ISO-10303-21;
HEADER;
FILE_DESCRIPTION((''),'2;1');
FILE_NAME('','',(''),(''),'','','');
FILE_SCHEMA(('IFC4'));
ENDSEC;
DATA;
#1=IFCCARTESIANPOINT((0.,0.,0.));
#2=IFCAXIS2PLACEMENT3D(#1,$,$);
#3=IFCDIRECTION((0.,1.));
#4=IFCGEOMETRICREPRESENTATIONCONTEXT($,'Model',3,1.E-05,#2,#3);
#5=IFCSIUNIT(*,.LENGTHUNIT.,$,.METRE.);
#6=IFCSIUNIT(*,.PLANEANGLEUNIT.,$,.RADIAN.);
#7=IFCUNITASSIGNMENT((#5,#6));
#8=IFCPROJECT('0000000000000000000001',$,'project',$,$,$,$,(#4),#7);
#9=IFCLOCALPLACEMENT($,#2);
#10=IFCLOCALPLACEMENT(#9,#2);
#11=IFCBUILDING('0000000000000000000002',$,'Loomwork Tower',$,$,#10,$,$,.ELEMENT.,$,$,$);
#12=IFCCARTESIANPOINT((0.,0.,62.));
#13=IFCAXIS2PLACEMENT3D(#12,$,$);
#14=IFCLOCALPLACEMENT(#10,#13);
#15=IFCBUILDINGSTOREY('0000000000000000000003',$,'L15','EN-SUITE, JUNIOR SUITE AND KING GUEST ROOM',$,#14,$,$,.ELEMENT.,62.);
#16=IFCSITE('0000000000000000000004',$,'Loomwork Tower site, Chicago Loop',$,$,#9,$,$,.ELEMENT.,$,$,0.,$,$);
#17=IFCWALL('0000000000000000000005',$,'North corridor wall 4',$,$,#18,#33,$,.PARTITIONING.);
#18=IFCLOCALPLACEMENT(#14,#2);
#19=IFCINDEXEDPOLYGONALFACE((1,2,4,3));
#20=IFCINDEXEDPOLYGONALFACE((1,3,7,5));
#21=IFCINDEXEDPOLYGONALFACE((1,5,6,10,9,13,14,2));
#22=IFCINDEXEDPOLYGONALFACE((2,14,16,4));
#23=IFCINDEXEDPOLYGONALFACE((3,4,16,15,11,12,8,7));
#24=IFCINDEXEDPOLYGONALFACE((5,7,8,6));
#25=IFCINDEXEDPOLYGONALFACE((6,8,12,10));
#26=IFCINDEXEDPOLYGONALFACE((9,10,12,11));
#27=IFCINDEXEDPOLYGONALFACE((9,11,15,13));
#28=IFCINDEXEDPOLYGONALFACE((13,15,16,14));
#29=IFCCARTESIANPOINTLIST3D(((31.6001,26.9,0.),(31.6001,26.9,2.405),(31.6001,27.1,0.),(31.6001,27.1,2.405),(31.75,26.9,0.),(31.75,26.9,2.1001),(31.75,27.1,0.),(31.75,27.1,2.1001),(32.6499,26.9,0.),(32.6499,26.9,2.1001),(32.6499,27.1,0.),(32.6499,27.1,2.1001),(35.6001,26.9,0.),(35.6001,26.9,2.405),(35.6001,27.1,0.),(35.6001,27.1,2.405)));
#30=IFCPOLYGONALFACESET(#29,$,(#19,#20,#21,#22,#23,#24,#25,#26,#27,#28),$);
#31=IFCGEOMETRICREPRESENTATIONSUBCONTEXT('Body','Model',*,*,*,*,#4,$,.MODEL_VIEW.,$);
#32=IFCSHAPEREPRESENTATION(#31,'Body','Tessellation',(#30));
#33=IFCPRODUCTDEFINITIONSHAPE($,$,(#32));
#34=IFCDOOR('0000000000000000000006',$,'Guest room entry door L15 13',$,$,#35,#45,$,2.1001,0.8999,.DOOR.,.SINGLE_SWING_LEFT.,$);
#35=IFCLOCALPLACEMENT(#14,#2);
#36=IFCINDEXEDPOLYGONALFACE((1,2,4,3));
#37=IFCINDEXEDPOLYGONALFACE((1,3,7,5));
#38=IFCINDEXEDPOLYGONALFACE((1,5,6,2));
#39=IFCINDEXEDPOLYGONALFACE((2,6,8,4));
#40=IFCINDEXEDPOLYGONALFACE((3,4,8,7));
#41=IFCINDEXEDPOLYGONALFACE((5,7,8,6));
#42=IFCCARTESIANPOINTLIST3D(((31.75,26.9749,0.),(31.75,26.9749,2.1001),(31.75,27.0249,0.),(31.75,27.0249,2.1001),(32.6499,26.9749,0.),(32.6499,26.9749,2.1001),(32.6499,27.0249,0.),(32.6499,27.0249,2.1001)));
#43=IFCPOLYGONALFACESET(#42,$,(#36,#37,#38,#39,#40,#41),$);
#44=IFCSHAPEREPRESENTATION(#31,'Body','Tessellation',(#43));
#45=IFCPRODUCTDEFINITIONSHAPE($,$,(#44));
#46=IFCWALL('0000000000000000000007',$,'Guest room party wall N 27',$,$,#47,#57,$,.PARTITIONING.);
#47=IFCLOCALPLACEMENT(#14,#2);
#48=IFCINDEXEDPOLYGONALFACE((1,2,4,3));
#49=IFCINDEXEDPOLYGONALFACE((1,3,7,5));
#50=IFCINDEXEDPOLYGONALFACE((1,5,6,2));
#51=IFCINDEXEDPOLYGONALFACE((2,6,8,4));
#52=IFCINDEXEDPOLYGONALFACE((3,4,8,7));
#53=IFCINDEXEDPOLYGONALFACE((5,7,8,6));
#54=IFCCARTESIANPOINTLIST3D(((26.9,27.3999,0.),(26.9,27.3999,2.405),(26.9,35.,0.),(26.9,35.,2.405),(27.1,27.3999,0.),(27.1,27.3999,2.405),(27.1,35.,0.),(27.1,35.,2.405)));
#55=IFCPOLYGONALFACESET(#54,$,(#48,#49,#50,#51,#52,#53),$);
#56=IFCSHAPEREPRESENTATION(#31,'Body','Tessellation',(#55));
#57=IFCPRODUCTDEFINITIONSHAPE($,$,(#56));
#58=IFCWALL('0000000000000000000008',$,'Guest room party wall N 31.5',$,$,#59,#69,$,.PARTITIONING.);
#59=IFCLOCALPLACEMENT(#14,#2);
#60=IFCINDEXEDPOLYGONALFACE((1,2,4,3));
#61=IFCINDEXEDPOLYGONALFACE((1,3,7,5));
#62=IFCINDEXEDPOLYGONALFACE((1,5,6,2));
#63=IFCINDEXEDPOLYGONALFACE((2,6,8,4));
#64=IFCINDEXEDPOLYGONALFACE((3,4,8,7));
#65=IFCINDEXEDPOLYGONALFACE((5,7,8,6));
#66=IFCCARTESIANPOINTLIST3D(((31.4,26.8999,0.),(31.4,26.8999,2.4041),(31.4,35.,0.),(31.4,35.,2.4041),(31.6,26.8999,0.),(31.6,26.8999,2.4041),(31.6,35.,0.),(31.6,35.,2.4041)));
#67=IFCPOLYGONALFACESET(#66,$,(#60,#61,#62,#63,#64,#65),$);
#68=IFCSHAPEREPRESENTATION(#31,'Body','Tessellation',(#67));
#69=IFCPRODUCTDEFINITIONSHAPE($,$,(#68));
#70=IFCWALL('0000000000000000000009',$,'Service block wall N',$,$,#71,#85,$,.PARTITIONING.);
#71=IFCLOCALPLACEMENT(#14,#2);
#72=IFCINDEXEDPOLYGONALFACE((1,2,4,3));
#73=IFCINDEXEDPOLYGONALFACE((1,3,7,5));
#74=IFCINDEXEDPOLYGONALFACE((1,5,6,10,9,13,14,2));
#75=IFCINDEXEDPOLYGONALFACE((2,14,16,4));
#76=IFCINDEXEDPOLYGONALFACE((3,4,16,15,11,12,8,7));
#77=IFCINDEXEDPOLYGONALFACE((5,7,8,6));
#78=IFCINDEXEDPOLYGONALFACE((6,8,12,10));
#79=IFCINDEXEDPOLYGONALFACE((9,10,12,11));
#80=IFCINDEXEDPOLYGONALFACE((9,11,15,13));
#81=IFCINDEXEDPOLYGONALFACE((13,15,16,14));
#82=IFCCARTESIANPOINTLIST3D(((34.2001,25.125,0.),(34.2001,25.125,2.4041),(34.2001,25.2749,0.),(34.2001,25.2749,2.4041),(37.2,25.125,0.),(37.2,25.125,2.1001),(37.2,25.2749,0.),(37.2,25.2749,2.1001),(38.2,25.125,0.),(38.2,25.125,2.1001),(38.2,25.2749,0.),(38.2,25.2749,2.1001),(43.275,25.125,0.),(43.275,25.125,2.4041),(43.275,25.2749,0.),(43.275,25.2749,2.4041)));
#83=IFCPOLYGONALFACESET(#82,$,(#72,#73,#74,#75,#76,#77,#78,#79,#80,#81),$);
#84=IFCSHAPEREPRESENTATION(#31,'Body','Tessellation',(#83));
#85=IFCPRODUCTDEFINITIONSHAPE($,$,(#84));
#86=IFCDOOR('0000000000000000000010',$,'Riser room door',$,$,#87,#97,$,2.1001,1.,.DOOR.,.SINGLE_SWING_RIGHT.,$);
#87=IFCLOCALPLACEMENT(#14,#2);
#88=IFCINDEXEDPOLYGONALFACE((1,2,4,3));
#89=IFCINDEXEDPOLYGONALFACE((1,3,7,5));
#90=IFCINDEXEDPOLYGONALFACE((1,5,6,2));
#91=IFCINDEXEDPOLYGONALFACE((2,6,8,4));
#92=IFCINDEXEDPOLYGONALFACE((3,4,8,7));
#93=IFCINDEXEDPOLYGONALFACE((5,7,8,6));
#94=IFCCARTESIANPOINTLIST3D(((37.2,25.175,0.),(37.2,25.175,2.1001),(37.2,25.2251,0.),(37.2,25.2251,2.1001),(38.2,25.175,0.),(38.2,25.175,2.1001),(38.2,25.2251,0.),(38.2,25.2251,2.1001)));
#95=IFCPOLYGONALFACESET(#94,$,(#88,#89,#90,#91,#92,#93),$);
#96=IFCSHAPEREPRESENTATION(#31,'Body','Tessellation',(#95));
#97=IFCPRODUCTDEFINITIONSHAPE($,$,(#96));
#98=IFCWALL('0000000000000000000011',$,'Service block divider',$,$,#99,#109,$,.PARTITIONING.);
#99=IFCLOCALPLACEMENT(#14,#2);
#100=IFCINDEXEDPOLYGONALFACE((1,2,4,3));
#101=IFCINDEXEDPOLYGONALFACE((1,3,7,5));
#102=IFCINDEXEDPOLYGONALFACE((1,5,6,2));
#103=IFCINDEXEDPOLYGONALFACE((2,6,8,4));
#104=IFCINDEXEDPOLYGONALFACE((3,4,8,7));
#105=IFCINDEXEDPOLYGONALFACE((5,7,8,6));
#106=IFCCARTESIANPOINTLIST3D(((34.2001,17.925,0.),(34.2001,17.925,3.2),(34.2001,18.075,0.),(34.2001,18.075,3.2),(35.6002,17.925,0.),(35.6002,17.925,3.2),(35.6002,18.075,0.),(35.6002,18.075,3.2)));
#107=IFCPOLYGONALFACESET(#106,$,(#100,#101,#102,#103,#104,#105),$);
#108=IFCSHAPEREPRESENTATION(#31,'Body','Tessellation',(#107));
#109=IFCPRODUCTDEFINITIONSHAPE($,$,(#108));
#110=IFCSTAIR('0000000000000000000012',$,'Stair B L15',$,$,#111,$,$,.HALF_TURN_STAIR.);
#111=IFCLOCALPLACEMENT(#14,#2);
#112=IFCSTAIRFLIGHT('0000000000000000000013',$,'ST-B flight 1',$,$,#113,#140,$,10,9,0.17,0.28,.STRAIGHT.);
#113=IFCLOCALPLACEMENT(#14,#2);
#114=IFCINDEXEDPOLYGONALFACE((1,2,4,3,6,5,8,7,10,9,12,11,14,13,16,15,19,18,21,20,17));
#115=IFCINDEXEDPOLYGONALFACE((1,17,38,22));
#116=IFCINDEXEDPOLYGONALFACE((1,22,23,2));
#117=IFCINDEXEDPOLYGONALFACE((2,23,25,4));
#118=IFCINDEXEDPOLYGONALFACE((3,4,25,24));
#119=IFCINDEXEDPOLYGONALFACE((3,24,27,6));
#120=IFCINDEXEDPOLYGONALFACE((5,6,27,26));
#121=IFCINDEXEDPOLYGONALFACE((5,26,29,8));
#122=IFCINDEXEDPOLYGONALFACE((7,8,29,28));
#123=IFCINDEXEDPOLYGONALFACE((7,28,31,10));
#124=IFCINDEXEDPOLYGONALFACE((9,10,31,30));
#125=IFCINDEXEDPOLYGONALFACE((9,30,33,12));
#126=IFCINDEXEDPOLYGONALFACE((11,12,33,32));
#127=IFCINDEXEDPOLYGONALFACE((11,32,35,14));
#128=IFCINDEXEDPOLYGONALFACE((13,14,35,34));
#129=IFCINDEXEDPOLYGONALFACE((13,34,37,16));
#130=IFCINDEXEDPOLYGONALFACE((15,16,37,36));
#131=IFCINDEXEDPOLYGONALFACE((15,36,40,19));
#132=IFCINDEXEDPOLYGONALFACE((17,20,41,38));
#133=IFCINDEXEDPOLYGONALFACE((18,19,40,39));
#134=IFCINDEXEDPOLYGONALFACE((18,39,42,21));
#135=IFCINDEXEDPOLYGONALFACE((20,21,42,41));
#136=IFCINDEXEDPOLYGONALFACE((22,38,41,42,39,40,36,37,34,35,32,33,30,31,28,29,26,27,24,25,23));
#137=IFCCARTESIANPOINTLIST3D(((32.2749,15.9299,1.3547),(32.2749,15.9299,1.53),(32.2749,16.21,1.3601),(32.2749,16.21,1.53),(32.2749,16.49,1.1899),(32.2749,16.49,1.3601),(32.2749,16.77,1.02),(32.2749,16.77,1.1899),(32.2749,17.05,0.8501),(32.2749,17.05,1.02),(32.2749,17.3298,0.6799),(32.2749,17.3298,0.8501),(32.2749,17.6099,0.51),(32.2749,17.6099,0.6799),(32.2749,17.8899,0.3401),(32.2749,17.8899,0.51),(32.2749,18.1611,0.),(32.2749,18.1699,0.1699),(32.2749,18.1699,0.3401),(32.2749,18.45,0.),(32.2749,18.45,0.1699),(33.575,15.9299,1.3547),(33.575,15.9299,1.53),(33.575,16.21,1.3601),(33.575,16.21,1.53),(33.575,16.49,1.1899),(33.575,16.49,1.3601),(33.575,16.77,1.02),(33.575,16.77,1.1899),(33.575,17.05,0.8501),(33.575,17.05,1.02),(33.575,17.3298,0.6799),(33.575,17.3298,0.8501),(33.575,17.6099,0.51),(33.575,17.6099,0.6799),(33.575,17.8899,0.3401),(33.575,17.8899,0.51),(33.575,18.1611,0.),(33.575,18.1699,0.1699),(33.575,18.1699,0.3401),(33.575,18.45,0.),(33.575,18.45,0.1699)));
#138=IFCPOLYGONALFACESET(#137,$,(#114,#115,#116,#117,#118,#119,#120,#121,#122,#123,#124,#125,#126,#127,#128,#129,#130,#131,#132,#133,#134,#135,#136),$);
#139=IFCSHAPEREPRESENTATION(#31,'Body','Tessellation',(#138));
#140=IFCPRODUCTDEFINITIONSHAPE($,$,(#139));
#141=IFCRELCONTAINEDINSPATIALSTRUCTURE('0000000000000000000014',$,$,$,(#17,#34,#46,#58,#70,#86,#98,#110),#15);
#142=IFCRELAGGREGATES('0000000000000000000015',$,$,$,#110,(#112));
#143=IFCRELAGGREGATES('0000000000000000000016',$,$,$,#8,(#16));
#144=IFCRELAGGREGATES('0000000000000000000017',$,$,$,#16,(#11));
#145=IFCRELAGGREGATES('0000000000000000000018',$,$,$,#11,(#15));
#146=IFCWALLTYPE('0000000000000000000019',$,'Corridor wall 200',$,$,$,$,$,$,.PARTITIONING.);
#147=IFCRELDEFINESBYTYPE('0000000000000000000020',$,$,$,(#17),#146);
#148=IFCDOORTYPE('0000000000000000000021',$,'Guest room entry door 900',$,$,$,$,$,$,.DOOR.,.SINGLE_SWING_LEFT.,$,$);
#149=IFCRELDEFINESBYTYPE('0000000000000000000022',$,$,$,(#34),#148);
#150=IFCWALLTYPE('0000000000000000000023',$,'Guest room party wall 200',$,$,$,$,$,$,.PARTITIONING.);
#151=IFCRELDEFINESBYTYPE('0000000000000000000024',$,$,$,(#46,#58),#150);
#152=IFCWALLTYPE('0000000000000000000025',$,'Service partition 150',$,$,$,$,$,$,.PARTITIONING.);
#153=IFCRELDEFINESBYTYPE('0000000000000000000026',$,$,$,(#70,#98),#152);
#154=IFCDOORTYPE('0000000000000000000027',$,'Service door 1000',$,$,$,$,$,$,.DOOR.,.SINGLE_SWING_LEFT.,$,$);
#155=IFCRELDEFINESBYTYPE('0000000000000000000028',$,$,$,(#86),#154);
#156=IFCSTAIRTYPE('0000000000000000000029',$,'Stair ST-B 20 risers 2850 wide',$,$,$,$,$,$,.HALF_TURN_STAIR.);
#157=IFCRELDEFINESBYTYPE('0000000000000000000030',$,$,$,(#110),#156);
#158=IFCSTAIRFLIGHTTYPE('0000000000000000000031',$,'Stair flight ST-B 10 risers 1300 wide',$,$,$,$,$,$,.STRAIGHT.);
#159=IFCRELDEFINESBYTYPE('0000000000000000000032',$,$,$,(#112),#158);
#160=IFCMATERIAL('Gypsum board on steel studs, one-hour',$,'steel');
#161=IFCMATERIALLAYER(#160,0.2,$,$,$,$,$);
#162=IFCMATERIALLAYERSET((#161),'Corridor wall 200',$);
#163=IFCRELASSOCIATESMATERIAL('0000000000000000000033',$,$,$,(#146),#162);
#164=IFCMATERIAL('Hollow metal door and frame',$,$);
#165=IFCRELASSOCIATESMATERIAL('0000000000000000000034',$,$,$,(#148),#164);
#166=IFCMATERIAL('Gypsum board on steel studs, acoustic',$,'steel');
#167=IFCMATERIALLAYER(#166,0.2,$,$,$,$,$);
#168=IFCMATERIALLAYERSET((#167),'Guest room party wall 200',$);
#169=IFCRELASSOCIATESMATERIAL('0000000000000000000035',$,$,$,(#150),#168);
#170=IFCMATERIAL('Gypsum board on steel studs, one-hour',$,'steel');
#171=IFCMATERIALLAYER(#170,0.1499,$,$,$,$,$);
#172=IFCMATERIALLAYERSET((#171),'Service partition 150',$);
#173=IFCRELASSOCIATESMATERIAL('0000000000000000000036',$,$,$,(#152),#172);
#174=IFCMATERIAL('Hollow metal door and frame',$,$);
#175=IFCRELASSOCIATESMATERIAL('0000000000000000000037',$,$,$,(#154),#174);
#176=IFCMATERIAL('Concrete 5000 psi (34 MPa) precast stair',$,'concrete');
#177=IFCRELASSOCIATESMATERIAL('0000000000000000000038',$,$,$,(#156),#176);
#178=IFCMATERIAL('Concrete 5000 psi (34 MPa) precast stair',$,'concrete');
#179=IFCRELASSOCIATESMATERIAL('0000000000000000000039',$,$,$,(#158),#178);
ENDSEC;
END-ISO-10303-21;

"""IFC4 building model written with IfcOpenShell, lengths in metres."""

from ifc_helpers import new_model, si_unit, direction, frame, frame_2d, origin, place, context, subcontext, project, spatial, polyline, rectangle, outline, extrude, material, layer, layer_set, type_object, element, fill, aggregate, save


model = new_model("IFC4")

# Units and contexts
model_context = context("Model", 3, precision=1e-05, world=origin(), true_north=direction((0.0, 1.0)))
body_context = subcontext(model_context, "Body", "Model", "MODEL_VIEW")
ifc_project = project(units=[si_unit("LENGTHUNIT", "METRE"), si_unit("PLANEANGLEUNIT", "RADIAN")], contexts=[model_context])

# Site, building, storey
site_placement = place(None, origin())
site = spatial("IfcSite", under=ifc_project, at=site_placement, Name="Loomwork Tower site, Chicago Loop", CompositionType="ELEMENT", RefElevation=0.0)
building_placement = place(site_placement, origin())
building = spatial("IfcBuilding", under=site, at=building_placement, Name="Loomwork Tower", CompositionType="ELEMENT")
storey_placement = place(building_placement, frame((0.0, 0.0, 62.0)))
storey = spatial("IfcBuildingStorey", under=building, at=storey_placement, Name="L15", Description="EN-SUITE, JUNIOR SUITE AND KING GUEST ROOM", CompositionType="ELEMENT", Elevation=62.0)

# Wall, opening, door
ifc_material_1 = material(Name="Gypsum board on steel studs, one-hour", Category="steel")
ifc_layer_1 = layer(ifc_material_1, 0.2)
ifc_layer_set_1 = layer_set([ifc_layer_1], Name="Corridor wall 200")
wall_type_1 = type_object("IfcWallType", Name="Corridor wall 200", PredefinedType="PARTITIONING", material=ifc_layer_set_1)
wall_1_placement = place(storey_placement, frame((31.6001, 27.0, 0.0), z_axis=(0.0, 0.0, 1.0), x_axis=(1.0, 0.0, 0.0)))
wall_1 = element("IfcWall", 1, at=wall_1_placement, inside=storey, type_object=wall_type_1, Name="North corridor wall 4", PredefinedType="PARTITIONING", context=body_context, shape_type="SweptSolid", body=[
    extrude(rectangle(XDim=4.0, YDim=0.2, at=frame_2d((2.0, 0.0))), origin(), (0.0, 0.0, 1.0), 2.405),
])
opening_1_placement = place(wall_1_placement, frame((0.1499, 0.0, 0.0)))
opening_1 = element("IfcOpeningElement", 2, at=opening_1_placement, cuts=wall_1, PredefinedType="OPENING", context=body_context, shape_type="SweptSolid", body=[
    extrude(rectangle(XDim=0.8999, YDim=2.1001, at=frame_2d((0.45, 1.05))), frame((0.0, 0.1099, 0.0), z_axis=(0.0, -1.0, 0.0), x_axis=(1.0, 0.0, 0.0)), (0.0, 0.0, 1.0), 0.22),
])
ifc_material_2 = material(Name="Hollow metal door and frame")
door_type_1 = type_object("IfcDoorType", Name="Guest room entry door 900", OperationType="SINGLE_SWING_LEFT", PredefinedType="DOOR", material=ifc_material_2)
door_1_placement = place(opening_1_placement, origin())
door_1 = element("IfcDoor", 3, at=door_1_placement, inside=storey, type_object=door_type_1, Name="Guest room entry door L15 13", OperationType="SINGLE_SWING_LEFT", OverallHeight=2.1001, OverallWidth=0.8999, PredefinedType="DOOR", context=body_context, shape_type="SweptSolid", body=[
    extrude(rectangle(XDim=0.8999, YDim=2.1001, at=frame_2d((0.45, 1.05))), frame((0.0, 0.0249, 0.0), z_axis=(0.0, -1.0, 0.0), x_axis=(1.0, 0.0, 0.0)), (0.0, 0.0, 1.0), 0.05),
])
fill(opening_1, door_1)

# Walls
ifc_material_3 = material(Name="Gypsum board on steel studs, acoustic", Category="steel")
ifc_layer_2 = layer(ifc_material_3, 0.2)
ifc_layer_set_2 = layer_set([ifc_layer_2], Name="Guest room party wall 200")
wall_type_2 = type_object("IfcWallType", Name="Guest room party wall 200", PredefinedType="PARTITIONING", material=ifc_layer_set_2)
wall_2_placement = place(storey_placement, frame((27.0, 27.3999, 0.0), z_axis=(0.0, 0.0, 1.0), x_axis=(0.0, 1.0, 0.0)))
element("IfcWall", 4, at=wall_2_placement, inside=storey, type_object=wall_type_2, Name="Guest room party wall N 27", PredefinedType="PARTITIONING", context=body_context, shape_type="SweptSolid", body=[
    extrude(rectangle(XDim=7.6001, YDim=0.2, at=frame_2d((3.8, 0.0))), origin(), (0.0, 0.0, 1.0), 2.405),
])
wall_3_placement = place(storey_placement, frame((31.5, 26.8999, 0.0), z_axis=(0.0, 0.0, 1.0), x_axis=(0.0, 1.0, 0.0)))
element("IfcWall", 5, at=wall_3_placement, inside=storey, type_object=wall_type_2, Name="Guest room party wall N 31.5", PredefinedType="PARTITIONING", context=body_context, shape_type="SweptSolid", body=[
    extrude(rectangle(XDim=8.1001, YDim=0.2, at=frame_2d((4.05, 0.0))), origin(), (0.0, 0.0, 1.0), 2.4041),
])

# Wall, opening, door
ifc_material_4 = material(Name="Gypsum board on steel studs, one-hour", Category="steel")
ifc_layer_3 = layer(ifc_material_4, 0.1499)
ifc_layer_set_3 = layer_set([ifc_layer_3], Name="Service partition 150")
wall_type_3 = type_object("IfcWallType", Name="Service partition 150", PredefinedType="PARTITIONING", material=ifc_layer_set_3)
wall_4_placement = place(storey_placement, frame((34.2, 25.2, 0.0), z_axis=(0.0, 0.0, 1.0), x_axis=(1.0, 0.0, 0.0)))
wall_4 = element("IfcWall", 6, at=wall_4_placement, inside=storey, type_object=wall_type_3, Name="Service block wall N", PredefinedType="PARTITIONING", context=body_context, shape_type="SweptSolid", body=[
    extrude(rectangle(XDim=9.075, YDim=0.1499, at=frame_2d((4.5376, 0.0))), origin(), (0.0, 0.0, 1.0), 2.4041),
])
opening_2_placement = place(wall_4_placement, frame((3.0, 0.0, 0.0)))
opening_2 = element("IfcOpeningElement", 7, at=opening_2_placement, cuts=wall_4, PredefinedType="OPENING", context=body_context, shape_type="SweptSolid", body=[
    extrude(rectangle(XDim=1.0, YDim=2.1001, at=frame_2d((0.5, 1.05))), frame((0.0, 0.085, 0.0), z_axis=(0.0, -1.0, 0.0), x_axis=(1.0, 0.0, 0.0)), (0.0, 0.0, 1.0), 0.1699),
])
ifc_material_5 = material(Name="Hollow metal door and frame")
door_type_2 = type_object("IfcDoorType", Name="Service door 1000", OperationType="SINGLE_SWING_LEFT", PredefinedType="DOOR", material=ifc_material_5)
door_2_placement = place(opening_2_placement, frame((1.0, 0.0, 0.0), z_axis=(0.0, 0.0, 1.0), x_axis=(-1.0, 0.0, 0.0)))
door_2 = element("IfcDoor", 8, at=door_2_placement, inside=storey, type_object=door_type_2, Name="Riser room door", OperationType="SINGLE_SWING_RIGHT", OverallHeight=2.1001, OverallWidth=1.0, PredefinedType="DOOR", context=body_context, shape_type="SweptSolid", body=[
    extrude(rectangle(XDim=1.0, YDim=2.1001, at=frame_2d((0.5, 1.05))), frame((0.0, 0.0249, 0.0), z_axis=(0.0, -1.0, 0.0), x_axis=(1.0, 0.0, 0.0)), (0.0, 0.0, 1.0), 0.05),
])
fill(opening_2, door_2)

# Wall
wall_5_placement = place(storey_placement, frame((34.2, 18.0, 0.0), z_axis=(0.0, 0.0, 1.0), x_axis=(1.0, 0.0, 0.0)))
element("IfcWall", 9, at=wall_5_placement, inside=storey, type_object=wall_type_3, Name="Service block divider", PredefinedType="PARTITIONING", context=body_context, shape_type="SweptSolid", body=[
    extrude(rectangle(XDim=1.4001, YDim=0.1499, at=frame_2d((0.7002, 0.0))), origin(), (0.0, 0.0, 1.0), 3.2),
])

# Stair, stair flight
ifc_material_6 = material(Name="Concrete 5000 psi (34 MPa) precast stair", Category="concrete")
stair_type = type_object("IfcStairType", Name="Stair ST-B 20 risers 2850 wide", PredefinedType="HALF_TURN_STAIR", material=ifc_material_6)
stair_placement = place(storey_placement, origin())
stair = element("IfcStair", 10, at=stair_placement, inside=storey, type_object=stair_type, Name="Stair B L15", PredefinedType="HALF_TURN_STAIR")
ifc_material_7 = material(Name="Concrete 5000 psi (34 MPa) precast stair", Category="concrete")
stair_flight_type = type_object("IfcStairFlightType", Name="Stair flight ST-B 10 risers 1300 wide", PredefinedType="STRAIGHT", material=ifc_material_7)
stair_flight_placement = place(storey_placement, frame((32.925, 18.45, 0.0), z_axis=(0.0, 0.0, 1.0), x_axis=(0.0, -1.0, 0.0)))
stair_flight = element("IfcStairFlight", 11, at=stair_flight_placement, type_object=stair_flight_type, Name="ST-B flight 1", NumberOfRisers=10, NumberOfTreads=9, PredefinedType="STRAIGHT", RiserHeight=0.17, TreadLength=0.28, context=body_context, shape_type="SweptSolid", body=[
    extrude(outline(polyline([(0.0, 0.0), (0.0, 0.1699), (0.28, 0.1699), (0.28, 0.3401), (0.5601, 0.3401), (0.5601, 0.51), (0.8401, 0.51), (0.8401, 0.6799), (1.1201, 0.6799), (1.1201, 0.8501), (1.3999, 0.8501), (1.3999, 1.02), (1.6799, 1.02), (1.6799, 1.1899), (1.96, 1.1899), (1.96, 1.3601), (2.24, 1.3601), (2.24, 1.53), (2.52, 1.53), (2.52, 1.7), (2.52, 1.3547), (0.2888, 0.0), (0.0, 0.0)])), frame((0.0, 0.6499, 0.0), z_axis=(0.0, -1.0, 0.0), x_axis=(1.0, 0.0, 0.0)), (0.0, 0.0, 1.0), 1.3),
])
aggregate(stair, [stair_flight])

save(model, "model.ifc")
